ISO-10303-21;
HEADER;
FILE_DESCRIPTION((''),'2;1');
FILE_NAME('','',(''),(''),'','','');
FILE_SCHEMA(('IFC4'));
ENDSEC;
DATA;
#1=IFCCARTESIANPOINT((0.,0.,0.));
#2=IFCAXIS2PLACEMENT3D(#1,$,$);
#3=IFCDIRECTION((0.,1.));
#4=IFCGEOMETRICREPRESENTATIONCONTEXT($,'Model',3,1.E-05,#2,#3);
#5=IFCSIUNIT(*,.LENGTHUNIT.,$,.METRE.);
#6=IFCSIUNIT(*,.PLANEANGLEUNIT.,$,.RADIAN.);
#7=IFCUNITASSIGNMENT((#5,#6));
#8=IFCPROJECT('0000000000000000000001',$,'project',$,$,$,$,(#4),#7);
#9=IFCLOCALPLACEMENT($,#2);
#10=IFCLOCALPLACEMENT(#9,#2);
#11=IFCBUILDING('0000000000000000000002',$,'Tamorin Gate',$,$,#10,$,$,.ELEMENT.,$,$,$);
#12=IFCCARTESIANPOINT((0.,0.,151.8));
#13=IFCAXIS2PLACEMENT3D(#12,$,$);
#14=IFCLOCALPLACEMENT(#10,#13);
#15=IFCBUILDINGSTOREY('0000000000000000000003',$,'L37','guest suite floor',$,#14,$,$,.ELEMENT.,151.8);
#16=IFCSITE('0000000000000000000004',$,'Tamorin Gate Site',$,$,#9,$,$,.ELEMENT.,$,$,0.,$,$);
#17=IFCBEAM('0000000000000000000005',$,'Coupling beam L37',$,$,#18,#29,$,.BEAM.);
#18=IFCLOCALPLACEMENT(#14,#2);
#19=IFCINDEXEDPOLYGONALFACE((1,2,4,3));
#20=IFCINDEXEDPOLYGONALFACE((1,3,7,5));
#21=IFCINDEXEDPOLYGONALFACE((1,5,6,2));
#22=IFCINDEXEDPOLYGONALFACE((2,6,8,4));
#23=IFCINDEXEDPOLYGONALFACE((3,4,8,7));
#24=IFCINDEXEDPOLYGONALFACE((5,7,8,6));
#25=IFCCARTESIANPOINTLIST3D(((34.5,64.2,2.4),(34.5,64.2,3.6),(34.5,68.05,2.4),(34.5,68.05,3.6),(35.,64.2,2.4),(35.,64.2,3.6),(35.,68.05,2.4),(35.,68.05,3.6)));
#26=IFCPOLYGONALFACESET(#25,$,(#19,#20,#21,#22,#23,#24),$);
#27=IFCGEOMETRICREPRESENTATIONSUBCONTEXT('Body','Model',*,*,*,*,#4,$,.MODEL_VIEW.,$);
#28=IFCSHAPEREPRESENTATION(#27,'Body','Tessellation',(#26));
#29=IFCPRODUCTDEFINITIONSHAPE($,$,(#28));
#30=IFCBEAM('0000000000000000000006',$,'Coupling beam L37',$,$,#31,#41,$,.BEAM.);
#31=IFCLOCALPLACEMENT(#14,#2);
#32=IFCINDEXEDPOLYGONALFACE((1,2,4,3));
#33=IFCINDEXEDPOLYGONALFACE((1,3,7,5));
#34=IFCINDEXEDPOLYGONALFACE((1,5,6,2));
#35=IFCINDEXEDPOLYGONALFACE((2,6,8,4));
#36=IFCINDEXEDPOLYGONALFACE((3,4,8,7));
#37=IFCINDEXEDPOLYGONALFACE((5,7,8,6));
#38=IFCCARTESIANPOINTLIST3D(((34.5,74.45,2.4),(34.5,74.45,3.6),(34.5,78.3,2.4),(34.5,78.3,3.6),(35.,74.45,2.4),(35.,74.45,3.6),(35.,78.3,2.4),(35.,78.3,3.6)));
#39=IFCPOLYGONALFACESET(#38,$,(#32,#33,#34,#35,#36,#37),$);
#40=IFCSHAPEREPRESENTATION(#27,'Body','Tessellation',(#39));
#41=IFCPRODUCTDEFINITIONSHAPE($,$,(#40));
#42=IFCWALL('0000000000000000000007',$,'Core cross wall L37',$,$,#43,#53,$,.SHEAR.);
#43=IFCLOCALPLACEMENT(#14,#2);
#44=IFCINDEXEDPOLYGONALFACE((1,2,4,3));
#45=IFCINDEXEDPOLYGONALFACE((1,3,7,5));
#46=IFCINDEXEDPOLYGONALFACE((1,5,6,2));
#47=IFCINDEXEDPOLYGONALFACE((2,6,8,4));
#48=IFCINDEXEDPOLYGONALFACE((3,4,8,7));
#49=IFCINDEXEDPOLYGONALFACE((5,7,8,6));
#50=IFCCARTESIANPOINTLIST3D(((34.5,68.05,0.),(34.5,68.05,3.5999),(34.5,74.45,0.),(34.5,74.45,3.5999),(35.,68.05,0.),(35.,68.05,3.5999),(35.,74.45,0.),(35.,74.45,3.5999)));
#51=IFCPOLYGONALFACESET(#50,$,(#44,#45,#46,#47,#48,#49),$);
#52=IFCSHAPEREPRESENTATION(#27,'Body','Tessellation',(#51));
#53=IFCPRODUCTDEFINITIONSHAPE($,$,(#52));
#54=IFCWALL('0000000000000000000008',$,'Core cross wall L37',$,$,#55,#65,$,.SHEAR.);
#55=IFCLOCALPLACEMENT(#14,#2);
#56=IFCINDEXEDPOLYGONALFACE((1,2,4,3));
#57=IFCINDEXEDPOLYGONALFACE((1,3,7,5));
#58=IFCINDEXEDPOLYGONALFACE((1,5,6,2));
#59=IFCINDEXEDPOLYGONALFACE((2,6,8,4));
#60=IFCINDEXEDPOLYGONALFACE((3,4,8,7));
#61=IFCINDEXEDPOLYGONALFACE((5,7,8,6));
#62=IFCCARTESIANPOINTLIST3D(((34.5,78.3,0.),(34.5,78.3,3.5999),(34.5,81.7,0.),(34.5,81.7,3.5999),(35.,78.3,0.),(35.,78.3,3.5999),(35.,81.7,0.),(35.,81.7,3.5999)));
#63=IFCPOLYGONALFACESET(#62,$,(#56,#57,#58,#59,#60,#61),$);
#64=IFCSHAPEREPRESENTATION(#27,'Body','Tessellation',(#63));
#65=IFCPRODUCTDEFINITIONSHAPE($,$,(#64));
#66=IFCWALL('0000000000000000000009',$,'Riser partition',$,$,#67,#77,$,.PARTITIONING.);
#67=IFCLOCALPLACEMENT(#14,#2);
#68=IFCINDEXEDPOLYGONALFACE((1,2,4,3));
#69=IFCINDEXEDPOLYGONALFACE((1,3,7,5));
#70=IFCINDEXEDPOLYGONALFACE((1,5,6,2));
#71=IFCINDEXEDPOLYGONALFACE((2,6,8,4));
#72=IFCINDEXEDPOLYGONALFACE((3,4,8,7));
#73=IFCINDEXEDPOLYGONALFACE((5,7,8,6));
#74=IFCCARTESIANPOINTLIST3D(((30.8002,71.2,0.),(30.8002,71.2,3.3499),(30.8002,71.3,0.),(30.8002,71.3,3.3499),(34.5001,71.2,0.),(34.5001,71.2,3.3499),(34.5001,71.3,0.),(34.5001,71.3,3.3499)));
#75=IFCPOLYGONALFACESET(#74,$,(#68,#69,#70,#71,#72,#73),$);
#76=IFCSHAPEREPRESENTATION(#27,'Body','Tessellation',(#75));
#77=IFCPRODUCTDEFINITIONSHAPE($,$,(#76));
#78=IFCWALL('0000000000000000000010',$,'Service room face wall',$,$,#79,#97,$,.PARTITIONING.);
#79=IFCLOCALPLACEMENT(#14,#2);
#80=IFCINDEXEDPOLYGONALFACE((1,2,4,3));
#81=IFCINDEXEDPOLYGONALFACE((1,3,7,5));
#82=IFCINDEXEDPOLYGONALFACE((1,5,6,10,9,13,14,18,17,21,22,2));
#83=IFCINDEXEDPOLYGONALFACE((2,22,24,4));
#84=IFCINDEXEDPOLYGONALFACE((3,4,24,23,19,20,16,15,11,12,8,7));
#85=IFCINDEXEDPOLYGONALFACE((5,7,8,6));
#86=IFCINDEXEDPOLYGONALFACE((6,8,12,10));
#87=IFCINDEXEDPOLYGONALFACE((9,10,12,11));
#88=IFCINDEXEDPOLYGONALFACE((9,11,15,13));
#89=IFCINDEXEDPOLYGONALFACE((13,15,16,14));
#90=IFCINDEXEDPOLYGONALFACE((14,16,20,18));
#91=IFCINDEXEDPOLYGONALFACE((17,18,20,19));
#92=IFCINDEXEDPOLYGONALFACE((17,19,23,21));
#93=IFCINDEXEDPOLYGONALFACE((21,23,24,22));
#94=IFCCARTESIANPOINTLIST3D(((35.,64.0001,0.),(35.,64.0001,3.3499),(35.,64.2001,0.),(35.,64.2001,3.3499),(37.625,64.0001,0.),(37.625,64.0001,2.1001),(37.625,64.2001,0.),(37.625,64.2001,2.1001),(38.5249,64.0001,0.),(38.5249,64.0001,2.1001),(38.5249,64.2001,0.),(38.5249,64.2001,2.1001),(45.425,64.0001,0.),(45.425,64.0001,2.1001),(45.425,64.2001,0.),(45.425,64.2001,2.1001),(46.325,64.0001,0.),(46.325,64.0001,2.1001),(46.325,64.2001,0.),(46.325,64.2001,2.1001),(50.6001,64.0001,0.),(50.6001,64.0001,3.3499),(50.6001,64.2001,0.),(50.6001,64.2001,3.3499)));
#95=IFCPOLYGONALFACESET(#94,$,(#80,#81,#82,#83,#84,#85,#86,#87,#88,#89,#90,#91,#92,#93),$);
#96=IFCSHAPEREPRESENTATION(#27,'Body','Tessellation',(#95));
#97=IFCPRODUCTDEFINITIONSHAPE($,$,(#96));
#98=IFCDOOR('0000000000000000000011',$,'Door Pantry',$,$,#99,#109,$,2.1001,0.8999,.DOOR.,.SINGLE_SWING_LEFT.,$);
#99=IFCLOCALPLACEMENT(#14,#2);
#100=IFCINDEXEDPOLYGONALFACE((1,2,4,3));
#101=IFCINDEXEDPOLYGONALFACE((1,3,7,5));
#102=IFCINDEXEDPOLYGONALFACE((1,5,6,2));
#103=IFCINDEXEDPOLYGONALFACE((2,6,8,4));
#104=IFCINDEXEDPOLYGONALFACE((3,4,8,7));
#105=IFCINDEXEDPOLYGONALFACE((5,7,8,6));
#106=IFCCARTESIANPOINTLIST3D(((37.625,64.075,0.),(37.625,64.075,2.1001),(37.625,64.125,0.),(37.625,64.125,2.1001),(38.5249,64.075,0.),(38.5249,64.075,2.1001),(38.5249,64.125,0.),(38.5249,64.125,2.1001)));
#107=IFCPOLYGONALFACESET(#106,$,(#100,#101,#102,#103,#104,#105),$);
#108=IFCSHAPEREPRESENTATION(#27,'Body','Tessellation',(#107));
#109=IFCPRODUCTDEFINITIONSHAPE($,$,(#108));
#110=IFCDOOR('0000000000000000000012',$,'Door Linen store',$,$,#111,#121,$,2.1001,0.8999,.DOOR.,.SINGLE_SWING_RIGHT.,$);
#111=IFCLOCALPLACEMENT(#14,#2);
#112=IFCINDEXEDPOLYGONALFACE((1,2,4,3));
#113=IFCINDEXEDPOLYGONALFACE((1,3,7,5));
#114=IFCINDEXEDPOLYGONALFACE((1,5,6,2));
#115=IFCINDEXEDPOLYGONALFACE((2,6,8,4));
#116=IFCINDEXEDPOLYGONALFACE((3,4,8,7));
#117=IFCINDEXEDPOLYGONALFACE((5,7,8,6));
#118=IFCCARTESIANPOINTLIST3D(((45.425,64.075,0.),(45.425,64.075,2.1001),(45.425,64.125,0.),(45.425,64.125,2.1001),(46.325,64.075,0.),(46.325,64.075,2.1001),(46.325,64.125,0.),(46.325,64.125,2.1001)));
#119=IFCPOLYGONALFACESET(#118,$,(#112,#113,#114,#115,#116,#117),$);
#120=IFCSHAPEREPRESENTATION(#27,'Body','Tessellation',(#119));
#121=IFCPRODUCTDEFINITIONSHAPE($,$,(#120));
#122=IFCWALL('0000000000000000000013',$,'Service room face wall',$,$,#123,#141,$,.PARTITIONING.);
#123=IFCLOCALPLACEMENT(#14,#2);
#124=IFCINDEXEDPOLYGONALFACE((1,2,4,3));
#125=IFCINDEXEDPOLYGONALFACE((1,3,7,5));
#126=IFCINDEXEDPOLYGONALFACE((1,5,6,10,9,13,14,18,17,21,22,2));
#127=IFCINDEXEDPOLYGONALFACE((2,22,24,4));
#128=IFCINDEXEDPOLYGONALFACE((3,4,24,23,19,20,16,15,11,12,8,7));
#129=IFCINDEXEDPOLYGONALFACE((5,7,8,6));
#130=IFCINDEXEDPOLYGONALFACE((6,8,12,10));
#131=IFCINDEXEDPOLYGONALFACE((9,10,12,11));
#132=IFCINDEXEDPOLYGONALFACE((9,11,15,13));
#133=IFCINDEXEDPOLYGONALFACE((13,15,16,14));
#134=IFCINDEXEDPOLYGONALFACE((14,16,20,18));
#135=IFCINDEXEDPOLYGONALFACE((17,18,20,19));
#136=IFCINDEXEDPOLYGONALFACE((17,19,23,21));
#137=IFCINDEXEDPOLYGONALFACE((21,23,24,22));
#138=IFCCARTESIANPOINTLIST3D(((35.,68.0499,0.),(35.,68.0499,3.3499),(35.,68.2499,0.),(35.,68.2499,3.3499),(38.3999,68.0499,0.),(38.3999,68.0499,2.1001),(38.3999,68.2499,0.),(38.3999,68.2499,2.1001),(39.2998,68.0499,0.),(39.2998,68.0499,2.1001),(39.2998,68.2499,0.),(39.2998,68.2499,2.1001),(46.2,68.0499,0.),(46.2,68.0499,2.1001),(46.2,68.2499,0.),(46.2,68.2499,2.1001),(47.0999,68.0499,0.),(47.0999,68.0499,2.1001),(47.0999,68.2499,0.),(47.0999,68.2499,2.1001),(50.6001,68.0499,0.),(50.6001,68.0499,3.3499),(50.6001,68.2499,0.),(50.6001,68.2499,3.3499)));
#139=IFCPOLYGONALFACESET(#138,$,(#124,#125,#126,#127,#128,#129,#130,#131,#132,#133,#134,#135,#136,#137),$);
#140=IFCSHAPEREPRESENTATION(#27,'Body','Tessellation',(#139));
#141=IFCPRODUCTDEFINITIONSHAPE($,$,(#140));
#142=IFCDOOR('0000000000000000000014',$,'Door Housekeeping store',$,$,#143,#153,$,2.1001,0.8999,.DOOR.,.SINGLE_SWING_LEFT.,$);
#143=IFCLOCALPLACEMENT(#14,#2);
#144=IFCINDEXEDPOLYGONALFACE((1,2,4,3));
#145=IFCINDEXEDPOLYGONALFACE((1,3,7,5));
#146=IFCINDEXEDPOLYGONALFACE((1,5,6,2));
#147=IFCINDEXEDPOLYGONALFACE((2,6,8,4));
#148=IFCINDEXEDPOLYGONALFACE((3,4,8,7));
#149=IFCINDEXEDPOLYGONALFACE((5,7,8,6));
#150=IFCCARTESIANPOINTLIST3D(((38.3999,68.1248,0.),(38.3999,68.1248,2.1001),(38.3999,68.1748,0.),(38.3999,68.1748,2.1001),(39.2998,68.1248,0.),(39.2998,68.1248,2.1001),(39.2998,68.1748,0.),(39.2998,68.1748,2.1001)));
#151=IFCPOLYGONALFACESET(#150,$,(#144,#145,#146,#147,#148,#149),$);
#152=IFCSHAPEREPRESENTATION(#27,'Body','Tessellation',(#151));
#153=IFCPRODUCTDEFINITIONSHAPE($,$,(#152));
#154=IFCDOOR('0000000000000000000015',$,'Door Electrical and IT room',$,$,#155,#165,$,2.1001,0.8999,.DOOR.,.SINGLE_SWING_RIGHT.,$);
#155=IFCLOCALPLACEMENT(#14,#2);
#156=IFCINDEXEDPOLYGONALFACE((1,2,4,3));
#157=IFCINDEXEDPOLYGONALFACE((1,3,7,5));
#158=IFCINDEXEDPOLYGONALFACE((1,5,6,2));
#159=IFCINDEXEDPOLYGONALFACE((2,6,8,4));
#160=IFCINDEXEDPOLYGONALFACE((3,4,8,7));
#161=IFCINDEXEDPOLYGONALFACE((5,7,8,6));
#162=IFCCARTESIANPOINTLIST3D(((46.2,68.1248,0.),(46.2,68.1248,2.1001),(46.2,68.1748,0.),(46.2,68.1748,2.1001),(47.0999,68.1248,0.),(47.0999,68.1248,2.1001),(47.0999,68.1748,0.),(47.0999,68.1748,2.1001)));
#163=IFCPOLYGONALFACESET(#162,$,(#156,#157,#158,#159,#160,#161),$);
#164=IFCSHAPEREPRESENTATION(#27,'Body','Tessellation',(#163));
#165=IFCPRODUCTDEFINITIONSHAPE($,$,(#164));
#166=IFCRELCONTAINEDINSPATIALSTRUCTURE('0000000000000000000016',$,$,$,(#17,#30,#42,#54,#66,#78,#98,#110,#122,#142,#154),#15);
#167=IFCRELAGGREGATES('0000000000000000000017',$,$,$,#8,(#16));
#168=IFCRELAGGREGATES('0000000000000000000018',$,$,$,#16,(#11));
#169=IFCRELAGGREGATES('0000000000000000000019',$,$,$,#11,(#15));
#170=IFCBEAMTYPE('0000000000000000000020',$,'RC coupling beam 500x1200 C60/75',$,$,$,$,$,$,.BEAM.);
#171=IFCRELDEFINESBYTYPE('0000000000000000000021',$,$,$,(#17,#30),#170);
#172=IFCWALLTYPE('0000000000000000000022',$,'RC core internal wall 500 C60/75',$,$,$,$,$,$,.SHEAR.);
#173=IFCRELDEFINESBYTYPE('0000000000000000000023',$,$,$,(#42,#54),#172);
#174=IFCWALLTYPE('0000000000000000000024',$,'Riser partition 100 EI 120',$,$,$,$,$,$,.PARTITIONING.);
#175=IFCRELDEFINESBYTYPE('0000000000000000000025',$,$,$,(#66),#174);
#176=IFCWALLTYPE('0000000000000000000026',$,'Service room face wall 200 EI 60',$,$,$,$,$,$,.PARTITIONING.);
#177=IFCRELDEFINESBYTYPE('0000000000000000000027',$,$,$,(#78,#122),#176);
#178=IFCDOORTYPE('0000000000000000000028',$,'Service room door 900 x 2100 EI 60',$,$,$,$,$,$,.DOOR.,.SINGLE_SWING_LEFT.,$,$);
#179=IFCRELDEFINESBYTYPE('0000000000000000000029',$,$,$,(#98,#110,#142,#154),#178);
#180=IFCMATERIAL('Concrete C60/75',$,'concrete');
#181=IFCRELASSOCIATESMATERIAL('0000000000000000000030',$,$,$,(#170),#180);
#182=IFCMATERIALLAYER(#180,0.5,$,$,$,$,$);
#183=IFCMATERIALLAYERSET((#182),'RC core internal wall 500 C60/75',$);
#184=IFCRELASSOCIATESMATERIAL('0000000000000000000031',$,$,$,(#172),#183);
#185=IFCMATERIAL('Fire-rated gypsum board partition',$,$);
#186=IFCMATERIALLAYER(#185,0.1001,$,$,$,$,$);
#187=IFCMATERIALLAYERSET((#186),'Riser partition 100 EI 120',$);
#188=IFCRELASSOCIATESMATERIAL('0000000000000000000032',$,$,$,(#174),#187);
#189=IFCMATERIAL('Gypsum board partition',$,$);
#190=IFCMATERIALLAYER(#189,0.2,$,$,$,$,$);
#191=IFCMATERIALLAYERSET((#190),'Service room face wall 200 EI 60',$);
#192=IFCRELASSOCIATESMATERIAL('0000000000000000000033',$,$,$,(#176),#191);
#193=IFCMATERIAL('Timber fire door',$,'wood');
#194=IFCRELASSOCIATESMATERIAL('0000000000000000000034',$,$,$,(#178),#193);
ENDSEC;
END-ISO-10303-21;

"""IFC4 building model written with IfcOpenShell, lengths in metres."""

from ifc_helpers import new_model, si_unit, direction, frame, frame_2d, origin, origin_2d, place, context, subcontext, project, spatial, rectangle, extrude, material, layer, layer_set, material_profile, profile_set, type_object, element, fill, save


model = new_model("IFC4")

# Units and contexts
model_context = context("Model", 3, precision=1e-05, world=origin(), true_north=direction((0.0, 1.0)))
body_context = subcontext(model_context, "Body", "Model", "MODEL_VIEW")
ifc_project = project(units=[si_unit("LENGTHUNIT", "METRE"), si_unit("PLANEANGLEUNIT", "RADIAN")], contexts=[model_context])

# Site, building, storey
site_placement = place(None, origin())
site = spatial("IfcSite", under=ifc_project, at=site_placement, Name="Tamorin Gate Site", CompositionType="ELEMENT", RefElevation=0.0)
building_placement = place(site_placement, origin())
building = spatial("IfcBuilding", under=site, at=building_placement, Name="Tamorin Gate", CompositionType="ELEMENT")
storey_placement = place(building_placement, frame((0.0, 0.0, 151.8)))
storey = spatial("IfcBuildingStorey", under=building, at=storey_placement, Name="L37", Description="guest suite floor", CompositionType="ELEMENT", Elevation=151.8)

# Beams
ifc_material_1 = material(Name="Concrete C60/75", Category="concrete")
ifc_material_profile = material_profile(ifc_material_1, rectangle(XDim=0.5, YDim=1.2, at=origin_2d()), Name="RC 500x1200")
ifc_profile_set = profile_set([ifc_material_profile], Name="Concrete C60/75")
beam_type = type_object("IfcBeamType", Name="RC coupling beam 500x1200 C60/75", PredefinedType="BEAM", material=ifc_profile_set)
for number, where, z_axis, x_axis, name in (
    (1, (34.75, 64.2, 3.0), (0.0, 1.0, 0.0), (-1.0, 0.0, 0.0), "Coupling beam L37"),
    (2, (34.75, 74.45, 3.0), (0.0, 1.0, 0.0), (-1.0, 0.0, 0.0), "Coupling beam L37"),
):
    element("IfcBeam", number, at=place(storey_placement, frame(where, z_axis=z_axis, x_axis=x_axis)), inside=storey, type_object=beam_type, Name=name, PredefinedType="BEAM", context=body_context, shape_type="SweptSolid", body=[
        extrude(rectangle(XDim=0.5, YDim=1.2, at=origin_2d()), origin(), (0.0, 0.0, 1.0), 3.8501),
    ])

# Walls
ifc_layer_1 = layer(ifc_material_1, 0.5)
ifc_layer_set_1 = layer_set([ifc_layer_1], Name="RC core internal wall 500 C60/75")
wall_type_1 = type_object("IfcWallType", Name="RC core internal wall 500 C60/75", PredefinedType="SHEAR", material=ifc_layer_set_1)
wall_1_placement = place(storey_placement, frame((34.75, 68.05, 0.0), z_axis=(0.0, 0.0, 1.0), x_axis=(0.0, 1.0, 0.0)))
element("IfcWall", 3, at=wall_1_placement, inside=storey, type_object=wall_type_1, Name="Core cross wall L37", PredefinedType="SHEAR", context=body_context, shape_type="SweptSolid", body=[
    extrude(rectangle(XDim=6.3999, YDim=0.5, at=frame_2d((3.2, 0.0))), origin(), (0.0, 0.0, 1.0), 3.5999),
])
wall_2_placement = place(storey_placement, frame((34.75, 78.3, 0.0), z_axis=(0.0, 0.0, 1.0), x_axis=(0.0, 1.0, 0.0)))
element("IfcWall", 4, at=wall_2_placement, inside=storey, type_object=wall_type_1, Name="Core cross wall L37", PredefinedType="SHEAR", context=body_context, shape_type="SweptSolid", body=[
    extrude(rectangle(XDim=3.3999, YDim=0.5, at=frame_2d((1.7, 0.0))), origin(), (0.0, 0.0, 1.0), 3.5999),
])
ifc_material_2 = material(Name="Fire-rated gypsum board partition")
ifc_layer_2 = layer(ifc_material_2, 0.1001)
ifc_layer_set_2 = layer_set([ifc_layer_2], Name="Riser partition 100 EI 120")
wall_type_2 = type_object("IfcWallType", Name="Riser partition 100 EI 120", PredefinedType="PARTITIONING", material=ifc_layer_set_2)
wall_3_placement = place(storey_placement, frame((30.8, 71.25, 0.0), z_axis=(0.0, 0.0, 1.0), x_axis=(1.0, 0.0, 0.0)))
element("IfcWall", 5, at=wall_3_placement, inside=storey, type_object=wall_type_2, Name="Riser partition", PredefinedType="PARTITIONING", context=body_context, shape_type="SweptSolid", body=[
    extrude(rectangle(XDim=3.7, YDim=0.1001, at=frame_2d((1.8501, 0.0))), origin(), (0.0, 0.0, 1.0), 3.3499),
])

# Walls, openings, doors
ifc_material_3 = material(Name="Gypsum board partition")
ifc_layer_3 = layer(ifc_material_3, 0.2)
ifc_layer_set_3 = layer_set([ifc_layer_3], Name="Service room face wall 200 EI 60")
wall_type_3 = type_object("IfcWallType", Name="Service room face wall 200 EI 60", PredefinedType="PARTITIONING", material=ifc_layer_set_3)
wall_4_placement = place(storey_placement, frame((35.0, 64.1001, 0.0), z_axis=(0.0, 0.0, 1.0), x_axis=(1.0, 0.0, 0.0)))
wall_4 = element("IfcWall", 6, at=wall_4_placement, inside=storey, type_object=wall_type_3, Name="Service room face wall", PredefinedType="PARTITIONING", context=body_context, shape_type="SweptSolid", body=[
    extrude(rectangle(XDim=15.6001, YDim=0.2, at=frame_2d((7.8, 0.0))), origin(), (0.0, 0.0, 1.0), 3.3499),
])
opening_1_placement = place(wall_4_placement, frame((2.625, 0.0, 0.0)))
opening_1 = element("IfcOpeningElement", 7, at=opening_1_placement, cuts=wall_4, PredefinedType="OPENING", context=body_context, shape_type="SweptSolid", body=[
    extrude(rectangle(XDim=0.8999, YDim=2.1001, at=frame_2d((0.45, 1.05))), frame((0.0, 0.1099, 0.0), z_axis=(0.0, -1.0, 0.0), x_axis=(1.0, 0.0, 0.0)), (0.0, 0.0, 1.0), 0.22),
])
opening_2_placement = place(wall_4_placement, frame((10.425, 0.0, 0.0)))
opening_2 = element("IfcOpeningElement", 8, at=opening_2_placement, cuts=wall_4, PredefinedType="OPENING", context=body_context, shape_type="SweptSolid", body=[
    extrude(rectangle(XDim=0.8999, YDim=2.1001, at=frame_2d((0.45, 1.05))), frame((0.0, 0.1099, 0.0), z_axis=(0.0, -1.0, 0.0), x_axis=(1.0, 0.0, 0.0)), (0.0, 0.0, 1.0), 0.22),
])
ifc_material_4 = material(Name="Timber fire door", Category="wood")
door_type_1 = type_object("IfcDoorType", Name="Service room door 900 x 2100 EI 60", OperationType="SINGLE_SWING_LEFT", PredefinedType="DOOR", material=ifc_material_4)
door_1_placement = place(opening_1_placement, origin())
door_1 = element("IfcDoor", 9, at=door_1_placement, inside=storey, type_object=door_type_1, Name="Door Pantry", OperationType="SINGLE_SWING_LEFT", OverallHeight=2.1001, OverallWidth=0.8999, PredefinedType="DOOR", context=body_context, shape_type="SweptSolid", body=[
    extrude(rectangle(XDim=0.8999, YDim=2.1001, at=frame_2d((0.45, 1.05))), frame((0.0, 0.0249, 0.0), z_axis=(0.0, -1.0, 0.0), x_axis=(1.0, 0.0, 0.0)), (0.0, 0.0, 1.0), 0.05),
])
fill(opening_1, door_1)
door_2_placement = place(opening_2_placement, origin())
door_2 = element("IfcDoor", 10, at=door_2_placement, inside=storey, type_object=door_type_1, Name="Door Linen store", OperationType="SINGLE_SWING_RIGHT", OverallHeight=2.1001, OverallWidth=0.8999, PredefinedType="DOOR", context=body_context, shape_type="SweptSolid", body=[
    extrude(rectangle(XDim=0.8999, YDim=2.1001, at=frame_2d((0.45, 1.05))), frame((0.0, 0.0249, 0.0), z_axis=(0.0, -1.0, 0.0), x_axis=(1.0, 0.0, 0.0)), (0.0, 0.0, 1.0), 0.05),
])
fill(opening_2, door_2)
wall_5_placement = place(storey_placement, frame((35.0, 68.1499, 0.0), z_axis=(0.0, 0.0, 1.0), x_axis=(1.0, 0.0, 0.0)))
wall_5 = element("IfcWall", 11, at=wall_5_placement, inside=storey, type_object=wall_type_3, Name="Service room face wall", PredefinedType="PARTITIONING", context=body_context, shape_type="SweptSolid", body=[
    extrude(rectangle(XDim=15.6001, YDim=0.2, at=frame_2d((7.8, 0.0))), origin(), (0.0, 0.0, 1.0), 3.3499),
])
opening_3_placement = place(wall_5_placement, frame((3.3999, 0.0, 0.0)))
opening_3 = element("IfcOpeningElement", 12, at=opening_3_placement, cuts=wall_5, PredefinedType="OPENING", context=body_context, shape_type="SweptSolid", body=[
    extrude(rectangle(XDim=0.8999, YDim=2.1001, at=frame_2d((0.45, 1.05))), frame((0.0, 0.1099, 0.0), z_axis=(0.0, -1.0, 0.0), x_axis=(1.0, 0.0, 0.0)), (0.0, 0.0, 1.0), 0.22),
])
opening_4_placement = place(wall_5_placement, frame((11.2, 0.0, 0.0)))
opening_4 = element("IfcOpeningElement", 13, at=opening_4_placement, cuts=wall_5, PredefinedType="OPENING", context=body_context, shape_type="SweptSolid", body=[
    extrude(rectangle(XDim=0.8999, YDim=2.1001, at=frame_2d((0.45, 1.05))), frame((0.0, 0.1099, 0.0), z_axis=(0.0, -1.0, 0.0), x_axis=(1.0, 0.0, 0.0)), (0.0, 0.0, 1.0), 0.22),
])
door_3_placement = place(opening_3_placement, origin())
door_3 = element("IfcDoor", 14, at=door_3_placement, inside=storey, type_object=door_type_1, Name="Door Housekeeping store", OperationType="SINGLE_SWING_LEFT", OverallHeight=2.1001, OverallWidth=0.8999, PredefinedType="DOOR", context=body_context, shape_type="SweptSolid", body=[
    extrude(rectangle(XDim=0.8999, YDim=2.1001, at=frame_2d((0.45, 1.05))), frame((0.0, 0.0249, 0.0), z_axis=(0.0, -1.0, 0.0), x_axis=(1.0, 0.0, 0.0)), (0.0, 0.0, 1.0), 0.05),
])
fill(opening_3, door_3)
door_4_placement = place(opening_4_placement, origin())
door_4 = element("IfcDoor", 15, at=door_4_placement, inside=storey, type_object=door_type_1, Name="Door Electrical and IT room", OperationType="SINGLE_SWING_RIGHT", OverallHeight=2.1001, OverallWidth=0.8999, PredefinedType="DOOR", context=body_context, shape_type="SweptSolid", body=[
    extrude(rectangle(XDim=0.8999, YDim=2.1001, at=frame_2d((0.45, 1.05))), frame((0.0, 0.0249, 0.0), z_axis=(0.0, -1.0, 0.0), x_axis=(1.0, 0.0, 0.0)), (0.0, 0.0, 1.0), 0.05),
])
fill(opening_4, door_4)

save(model, "model.ifc")
